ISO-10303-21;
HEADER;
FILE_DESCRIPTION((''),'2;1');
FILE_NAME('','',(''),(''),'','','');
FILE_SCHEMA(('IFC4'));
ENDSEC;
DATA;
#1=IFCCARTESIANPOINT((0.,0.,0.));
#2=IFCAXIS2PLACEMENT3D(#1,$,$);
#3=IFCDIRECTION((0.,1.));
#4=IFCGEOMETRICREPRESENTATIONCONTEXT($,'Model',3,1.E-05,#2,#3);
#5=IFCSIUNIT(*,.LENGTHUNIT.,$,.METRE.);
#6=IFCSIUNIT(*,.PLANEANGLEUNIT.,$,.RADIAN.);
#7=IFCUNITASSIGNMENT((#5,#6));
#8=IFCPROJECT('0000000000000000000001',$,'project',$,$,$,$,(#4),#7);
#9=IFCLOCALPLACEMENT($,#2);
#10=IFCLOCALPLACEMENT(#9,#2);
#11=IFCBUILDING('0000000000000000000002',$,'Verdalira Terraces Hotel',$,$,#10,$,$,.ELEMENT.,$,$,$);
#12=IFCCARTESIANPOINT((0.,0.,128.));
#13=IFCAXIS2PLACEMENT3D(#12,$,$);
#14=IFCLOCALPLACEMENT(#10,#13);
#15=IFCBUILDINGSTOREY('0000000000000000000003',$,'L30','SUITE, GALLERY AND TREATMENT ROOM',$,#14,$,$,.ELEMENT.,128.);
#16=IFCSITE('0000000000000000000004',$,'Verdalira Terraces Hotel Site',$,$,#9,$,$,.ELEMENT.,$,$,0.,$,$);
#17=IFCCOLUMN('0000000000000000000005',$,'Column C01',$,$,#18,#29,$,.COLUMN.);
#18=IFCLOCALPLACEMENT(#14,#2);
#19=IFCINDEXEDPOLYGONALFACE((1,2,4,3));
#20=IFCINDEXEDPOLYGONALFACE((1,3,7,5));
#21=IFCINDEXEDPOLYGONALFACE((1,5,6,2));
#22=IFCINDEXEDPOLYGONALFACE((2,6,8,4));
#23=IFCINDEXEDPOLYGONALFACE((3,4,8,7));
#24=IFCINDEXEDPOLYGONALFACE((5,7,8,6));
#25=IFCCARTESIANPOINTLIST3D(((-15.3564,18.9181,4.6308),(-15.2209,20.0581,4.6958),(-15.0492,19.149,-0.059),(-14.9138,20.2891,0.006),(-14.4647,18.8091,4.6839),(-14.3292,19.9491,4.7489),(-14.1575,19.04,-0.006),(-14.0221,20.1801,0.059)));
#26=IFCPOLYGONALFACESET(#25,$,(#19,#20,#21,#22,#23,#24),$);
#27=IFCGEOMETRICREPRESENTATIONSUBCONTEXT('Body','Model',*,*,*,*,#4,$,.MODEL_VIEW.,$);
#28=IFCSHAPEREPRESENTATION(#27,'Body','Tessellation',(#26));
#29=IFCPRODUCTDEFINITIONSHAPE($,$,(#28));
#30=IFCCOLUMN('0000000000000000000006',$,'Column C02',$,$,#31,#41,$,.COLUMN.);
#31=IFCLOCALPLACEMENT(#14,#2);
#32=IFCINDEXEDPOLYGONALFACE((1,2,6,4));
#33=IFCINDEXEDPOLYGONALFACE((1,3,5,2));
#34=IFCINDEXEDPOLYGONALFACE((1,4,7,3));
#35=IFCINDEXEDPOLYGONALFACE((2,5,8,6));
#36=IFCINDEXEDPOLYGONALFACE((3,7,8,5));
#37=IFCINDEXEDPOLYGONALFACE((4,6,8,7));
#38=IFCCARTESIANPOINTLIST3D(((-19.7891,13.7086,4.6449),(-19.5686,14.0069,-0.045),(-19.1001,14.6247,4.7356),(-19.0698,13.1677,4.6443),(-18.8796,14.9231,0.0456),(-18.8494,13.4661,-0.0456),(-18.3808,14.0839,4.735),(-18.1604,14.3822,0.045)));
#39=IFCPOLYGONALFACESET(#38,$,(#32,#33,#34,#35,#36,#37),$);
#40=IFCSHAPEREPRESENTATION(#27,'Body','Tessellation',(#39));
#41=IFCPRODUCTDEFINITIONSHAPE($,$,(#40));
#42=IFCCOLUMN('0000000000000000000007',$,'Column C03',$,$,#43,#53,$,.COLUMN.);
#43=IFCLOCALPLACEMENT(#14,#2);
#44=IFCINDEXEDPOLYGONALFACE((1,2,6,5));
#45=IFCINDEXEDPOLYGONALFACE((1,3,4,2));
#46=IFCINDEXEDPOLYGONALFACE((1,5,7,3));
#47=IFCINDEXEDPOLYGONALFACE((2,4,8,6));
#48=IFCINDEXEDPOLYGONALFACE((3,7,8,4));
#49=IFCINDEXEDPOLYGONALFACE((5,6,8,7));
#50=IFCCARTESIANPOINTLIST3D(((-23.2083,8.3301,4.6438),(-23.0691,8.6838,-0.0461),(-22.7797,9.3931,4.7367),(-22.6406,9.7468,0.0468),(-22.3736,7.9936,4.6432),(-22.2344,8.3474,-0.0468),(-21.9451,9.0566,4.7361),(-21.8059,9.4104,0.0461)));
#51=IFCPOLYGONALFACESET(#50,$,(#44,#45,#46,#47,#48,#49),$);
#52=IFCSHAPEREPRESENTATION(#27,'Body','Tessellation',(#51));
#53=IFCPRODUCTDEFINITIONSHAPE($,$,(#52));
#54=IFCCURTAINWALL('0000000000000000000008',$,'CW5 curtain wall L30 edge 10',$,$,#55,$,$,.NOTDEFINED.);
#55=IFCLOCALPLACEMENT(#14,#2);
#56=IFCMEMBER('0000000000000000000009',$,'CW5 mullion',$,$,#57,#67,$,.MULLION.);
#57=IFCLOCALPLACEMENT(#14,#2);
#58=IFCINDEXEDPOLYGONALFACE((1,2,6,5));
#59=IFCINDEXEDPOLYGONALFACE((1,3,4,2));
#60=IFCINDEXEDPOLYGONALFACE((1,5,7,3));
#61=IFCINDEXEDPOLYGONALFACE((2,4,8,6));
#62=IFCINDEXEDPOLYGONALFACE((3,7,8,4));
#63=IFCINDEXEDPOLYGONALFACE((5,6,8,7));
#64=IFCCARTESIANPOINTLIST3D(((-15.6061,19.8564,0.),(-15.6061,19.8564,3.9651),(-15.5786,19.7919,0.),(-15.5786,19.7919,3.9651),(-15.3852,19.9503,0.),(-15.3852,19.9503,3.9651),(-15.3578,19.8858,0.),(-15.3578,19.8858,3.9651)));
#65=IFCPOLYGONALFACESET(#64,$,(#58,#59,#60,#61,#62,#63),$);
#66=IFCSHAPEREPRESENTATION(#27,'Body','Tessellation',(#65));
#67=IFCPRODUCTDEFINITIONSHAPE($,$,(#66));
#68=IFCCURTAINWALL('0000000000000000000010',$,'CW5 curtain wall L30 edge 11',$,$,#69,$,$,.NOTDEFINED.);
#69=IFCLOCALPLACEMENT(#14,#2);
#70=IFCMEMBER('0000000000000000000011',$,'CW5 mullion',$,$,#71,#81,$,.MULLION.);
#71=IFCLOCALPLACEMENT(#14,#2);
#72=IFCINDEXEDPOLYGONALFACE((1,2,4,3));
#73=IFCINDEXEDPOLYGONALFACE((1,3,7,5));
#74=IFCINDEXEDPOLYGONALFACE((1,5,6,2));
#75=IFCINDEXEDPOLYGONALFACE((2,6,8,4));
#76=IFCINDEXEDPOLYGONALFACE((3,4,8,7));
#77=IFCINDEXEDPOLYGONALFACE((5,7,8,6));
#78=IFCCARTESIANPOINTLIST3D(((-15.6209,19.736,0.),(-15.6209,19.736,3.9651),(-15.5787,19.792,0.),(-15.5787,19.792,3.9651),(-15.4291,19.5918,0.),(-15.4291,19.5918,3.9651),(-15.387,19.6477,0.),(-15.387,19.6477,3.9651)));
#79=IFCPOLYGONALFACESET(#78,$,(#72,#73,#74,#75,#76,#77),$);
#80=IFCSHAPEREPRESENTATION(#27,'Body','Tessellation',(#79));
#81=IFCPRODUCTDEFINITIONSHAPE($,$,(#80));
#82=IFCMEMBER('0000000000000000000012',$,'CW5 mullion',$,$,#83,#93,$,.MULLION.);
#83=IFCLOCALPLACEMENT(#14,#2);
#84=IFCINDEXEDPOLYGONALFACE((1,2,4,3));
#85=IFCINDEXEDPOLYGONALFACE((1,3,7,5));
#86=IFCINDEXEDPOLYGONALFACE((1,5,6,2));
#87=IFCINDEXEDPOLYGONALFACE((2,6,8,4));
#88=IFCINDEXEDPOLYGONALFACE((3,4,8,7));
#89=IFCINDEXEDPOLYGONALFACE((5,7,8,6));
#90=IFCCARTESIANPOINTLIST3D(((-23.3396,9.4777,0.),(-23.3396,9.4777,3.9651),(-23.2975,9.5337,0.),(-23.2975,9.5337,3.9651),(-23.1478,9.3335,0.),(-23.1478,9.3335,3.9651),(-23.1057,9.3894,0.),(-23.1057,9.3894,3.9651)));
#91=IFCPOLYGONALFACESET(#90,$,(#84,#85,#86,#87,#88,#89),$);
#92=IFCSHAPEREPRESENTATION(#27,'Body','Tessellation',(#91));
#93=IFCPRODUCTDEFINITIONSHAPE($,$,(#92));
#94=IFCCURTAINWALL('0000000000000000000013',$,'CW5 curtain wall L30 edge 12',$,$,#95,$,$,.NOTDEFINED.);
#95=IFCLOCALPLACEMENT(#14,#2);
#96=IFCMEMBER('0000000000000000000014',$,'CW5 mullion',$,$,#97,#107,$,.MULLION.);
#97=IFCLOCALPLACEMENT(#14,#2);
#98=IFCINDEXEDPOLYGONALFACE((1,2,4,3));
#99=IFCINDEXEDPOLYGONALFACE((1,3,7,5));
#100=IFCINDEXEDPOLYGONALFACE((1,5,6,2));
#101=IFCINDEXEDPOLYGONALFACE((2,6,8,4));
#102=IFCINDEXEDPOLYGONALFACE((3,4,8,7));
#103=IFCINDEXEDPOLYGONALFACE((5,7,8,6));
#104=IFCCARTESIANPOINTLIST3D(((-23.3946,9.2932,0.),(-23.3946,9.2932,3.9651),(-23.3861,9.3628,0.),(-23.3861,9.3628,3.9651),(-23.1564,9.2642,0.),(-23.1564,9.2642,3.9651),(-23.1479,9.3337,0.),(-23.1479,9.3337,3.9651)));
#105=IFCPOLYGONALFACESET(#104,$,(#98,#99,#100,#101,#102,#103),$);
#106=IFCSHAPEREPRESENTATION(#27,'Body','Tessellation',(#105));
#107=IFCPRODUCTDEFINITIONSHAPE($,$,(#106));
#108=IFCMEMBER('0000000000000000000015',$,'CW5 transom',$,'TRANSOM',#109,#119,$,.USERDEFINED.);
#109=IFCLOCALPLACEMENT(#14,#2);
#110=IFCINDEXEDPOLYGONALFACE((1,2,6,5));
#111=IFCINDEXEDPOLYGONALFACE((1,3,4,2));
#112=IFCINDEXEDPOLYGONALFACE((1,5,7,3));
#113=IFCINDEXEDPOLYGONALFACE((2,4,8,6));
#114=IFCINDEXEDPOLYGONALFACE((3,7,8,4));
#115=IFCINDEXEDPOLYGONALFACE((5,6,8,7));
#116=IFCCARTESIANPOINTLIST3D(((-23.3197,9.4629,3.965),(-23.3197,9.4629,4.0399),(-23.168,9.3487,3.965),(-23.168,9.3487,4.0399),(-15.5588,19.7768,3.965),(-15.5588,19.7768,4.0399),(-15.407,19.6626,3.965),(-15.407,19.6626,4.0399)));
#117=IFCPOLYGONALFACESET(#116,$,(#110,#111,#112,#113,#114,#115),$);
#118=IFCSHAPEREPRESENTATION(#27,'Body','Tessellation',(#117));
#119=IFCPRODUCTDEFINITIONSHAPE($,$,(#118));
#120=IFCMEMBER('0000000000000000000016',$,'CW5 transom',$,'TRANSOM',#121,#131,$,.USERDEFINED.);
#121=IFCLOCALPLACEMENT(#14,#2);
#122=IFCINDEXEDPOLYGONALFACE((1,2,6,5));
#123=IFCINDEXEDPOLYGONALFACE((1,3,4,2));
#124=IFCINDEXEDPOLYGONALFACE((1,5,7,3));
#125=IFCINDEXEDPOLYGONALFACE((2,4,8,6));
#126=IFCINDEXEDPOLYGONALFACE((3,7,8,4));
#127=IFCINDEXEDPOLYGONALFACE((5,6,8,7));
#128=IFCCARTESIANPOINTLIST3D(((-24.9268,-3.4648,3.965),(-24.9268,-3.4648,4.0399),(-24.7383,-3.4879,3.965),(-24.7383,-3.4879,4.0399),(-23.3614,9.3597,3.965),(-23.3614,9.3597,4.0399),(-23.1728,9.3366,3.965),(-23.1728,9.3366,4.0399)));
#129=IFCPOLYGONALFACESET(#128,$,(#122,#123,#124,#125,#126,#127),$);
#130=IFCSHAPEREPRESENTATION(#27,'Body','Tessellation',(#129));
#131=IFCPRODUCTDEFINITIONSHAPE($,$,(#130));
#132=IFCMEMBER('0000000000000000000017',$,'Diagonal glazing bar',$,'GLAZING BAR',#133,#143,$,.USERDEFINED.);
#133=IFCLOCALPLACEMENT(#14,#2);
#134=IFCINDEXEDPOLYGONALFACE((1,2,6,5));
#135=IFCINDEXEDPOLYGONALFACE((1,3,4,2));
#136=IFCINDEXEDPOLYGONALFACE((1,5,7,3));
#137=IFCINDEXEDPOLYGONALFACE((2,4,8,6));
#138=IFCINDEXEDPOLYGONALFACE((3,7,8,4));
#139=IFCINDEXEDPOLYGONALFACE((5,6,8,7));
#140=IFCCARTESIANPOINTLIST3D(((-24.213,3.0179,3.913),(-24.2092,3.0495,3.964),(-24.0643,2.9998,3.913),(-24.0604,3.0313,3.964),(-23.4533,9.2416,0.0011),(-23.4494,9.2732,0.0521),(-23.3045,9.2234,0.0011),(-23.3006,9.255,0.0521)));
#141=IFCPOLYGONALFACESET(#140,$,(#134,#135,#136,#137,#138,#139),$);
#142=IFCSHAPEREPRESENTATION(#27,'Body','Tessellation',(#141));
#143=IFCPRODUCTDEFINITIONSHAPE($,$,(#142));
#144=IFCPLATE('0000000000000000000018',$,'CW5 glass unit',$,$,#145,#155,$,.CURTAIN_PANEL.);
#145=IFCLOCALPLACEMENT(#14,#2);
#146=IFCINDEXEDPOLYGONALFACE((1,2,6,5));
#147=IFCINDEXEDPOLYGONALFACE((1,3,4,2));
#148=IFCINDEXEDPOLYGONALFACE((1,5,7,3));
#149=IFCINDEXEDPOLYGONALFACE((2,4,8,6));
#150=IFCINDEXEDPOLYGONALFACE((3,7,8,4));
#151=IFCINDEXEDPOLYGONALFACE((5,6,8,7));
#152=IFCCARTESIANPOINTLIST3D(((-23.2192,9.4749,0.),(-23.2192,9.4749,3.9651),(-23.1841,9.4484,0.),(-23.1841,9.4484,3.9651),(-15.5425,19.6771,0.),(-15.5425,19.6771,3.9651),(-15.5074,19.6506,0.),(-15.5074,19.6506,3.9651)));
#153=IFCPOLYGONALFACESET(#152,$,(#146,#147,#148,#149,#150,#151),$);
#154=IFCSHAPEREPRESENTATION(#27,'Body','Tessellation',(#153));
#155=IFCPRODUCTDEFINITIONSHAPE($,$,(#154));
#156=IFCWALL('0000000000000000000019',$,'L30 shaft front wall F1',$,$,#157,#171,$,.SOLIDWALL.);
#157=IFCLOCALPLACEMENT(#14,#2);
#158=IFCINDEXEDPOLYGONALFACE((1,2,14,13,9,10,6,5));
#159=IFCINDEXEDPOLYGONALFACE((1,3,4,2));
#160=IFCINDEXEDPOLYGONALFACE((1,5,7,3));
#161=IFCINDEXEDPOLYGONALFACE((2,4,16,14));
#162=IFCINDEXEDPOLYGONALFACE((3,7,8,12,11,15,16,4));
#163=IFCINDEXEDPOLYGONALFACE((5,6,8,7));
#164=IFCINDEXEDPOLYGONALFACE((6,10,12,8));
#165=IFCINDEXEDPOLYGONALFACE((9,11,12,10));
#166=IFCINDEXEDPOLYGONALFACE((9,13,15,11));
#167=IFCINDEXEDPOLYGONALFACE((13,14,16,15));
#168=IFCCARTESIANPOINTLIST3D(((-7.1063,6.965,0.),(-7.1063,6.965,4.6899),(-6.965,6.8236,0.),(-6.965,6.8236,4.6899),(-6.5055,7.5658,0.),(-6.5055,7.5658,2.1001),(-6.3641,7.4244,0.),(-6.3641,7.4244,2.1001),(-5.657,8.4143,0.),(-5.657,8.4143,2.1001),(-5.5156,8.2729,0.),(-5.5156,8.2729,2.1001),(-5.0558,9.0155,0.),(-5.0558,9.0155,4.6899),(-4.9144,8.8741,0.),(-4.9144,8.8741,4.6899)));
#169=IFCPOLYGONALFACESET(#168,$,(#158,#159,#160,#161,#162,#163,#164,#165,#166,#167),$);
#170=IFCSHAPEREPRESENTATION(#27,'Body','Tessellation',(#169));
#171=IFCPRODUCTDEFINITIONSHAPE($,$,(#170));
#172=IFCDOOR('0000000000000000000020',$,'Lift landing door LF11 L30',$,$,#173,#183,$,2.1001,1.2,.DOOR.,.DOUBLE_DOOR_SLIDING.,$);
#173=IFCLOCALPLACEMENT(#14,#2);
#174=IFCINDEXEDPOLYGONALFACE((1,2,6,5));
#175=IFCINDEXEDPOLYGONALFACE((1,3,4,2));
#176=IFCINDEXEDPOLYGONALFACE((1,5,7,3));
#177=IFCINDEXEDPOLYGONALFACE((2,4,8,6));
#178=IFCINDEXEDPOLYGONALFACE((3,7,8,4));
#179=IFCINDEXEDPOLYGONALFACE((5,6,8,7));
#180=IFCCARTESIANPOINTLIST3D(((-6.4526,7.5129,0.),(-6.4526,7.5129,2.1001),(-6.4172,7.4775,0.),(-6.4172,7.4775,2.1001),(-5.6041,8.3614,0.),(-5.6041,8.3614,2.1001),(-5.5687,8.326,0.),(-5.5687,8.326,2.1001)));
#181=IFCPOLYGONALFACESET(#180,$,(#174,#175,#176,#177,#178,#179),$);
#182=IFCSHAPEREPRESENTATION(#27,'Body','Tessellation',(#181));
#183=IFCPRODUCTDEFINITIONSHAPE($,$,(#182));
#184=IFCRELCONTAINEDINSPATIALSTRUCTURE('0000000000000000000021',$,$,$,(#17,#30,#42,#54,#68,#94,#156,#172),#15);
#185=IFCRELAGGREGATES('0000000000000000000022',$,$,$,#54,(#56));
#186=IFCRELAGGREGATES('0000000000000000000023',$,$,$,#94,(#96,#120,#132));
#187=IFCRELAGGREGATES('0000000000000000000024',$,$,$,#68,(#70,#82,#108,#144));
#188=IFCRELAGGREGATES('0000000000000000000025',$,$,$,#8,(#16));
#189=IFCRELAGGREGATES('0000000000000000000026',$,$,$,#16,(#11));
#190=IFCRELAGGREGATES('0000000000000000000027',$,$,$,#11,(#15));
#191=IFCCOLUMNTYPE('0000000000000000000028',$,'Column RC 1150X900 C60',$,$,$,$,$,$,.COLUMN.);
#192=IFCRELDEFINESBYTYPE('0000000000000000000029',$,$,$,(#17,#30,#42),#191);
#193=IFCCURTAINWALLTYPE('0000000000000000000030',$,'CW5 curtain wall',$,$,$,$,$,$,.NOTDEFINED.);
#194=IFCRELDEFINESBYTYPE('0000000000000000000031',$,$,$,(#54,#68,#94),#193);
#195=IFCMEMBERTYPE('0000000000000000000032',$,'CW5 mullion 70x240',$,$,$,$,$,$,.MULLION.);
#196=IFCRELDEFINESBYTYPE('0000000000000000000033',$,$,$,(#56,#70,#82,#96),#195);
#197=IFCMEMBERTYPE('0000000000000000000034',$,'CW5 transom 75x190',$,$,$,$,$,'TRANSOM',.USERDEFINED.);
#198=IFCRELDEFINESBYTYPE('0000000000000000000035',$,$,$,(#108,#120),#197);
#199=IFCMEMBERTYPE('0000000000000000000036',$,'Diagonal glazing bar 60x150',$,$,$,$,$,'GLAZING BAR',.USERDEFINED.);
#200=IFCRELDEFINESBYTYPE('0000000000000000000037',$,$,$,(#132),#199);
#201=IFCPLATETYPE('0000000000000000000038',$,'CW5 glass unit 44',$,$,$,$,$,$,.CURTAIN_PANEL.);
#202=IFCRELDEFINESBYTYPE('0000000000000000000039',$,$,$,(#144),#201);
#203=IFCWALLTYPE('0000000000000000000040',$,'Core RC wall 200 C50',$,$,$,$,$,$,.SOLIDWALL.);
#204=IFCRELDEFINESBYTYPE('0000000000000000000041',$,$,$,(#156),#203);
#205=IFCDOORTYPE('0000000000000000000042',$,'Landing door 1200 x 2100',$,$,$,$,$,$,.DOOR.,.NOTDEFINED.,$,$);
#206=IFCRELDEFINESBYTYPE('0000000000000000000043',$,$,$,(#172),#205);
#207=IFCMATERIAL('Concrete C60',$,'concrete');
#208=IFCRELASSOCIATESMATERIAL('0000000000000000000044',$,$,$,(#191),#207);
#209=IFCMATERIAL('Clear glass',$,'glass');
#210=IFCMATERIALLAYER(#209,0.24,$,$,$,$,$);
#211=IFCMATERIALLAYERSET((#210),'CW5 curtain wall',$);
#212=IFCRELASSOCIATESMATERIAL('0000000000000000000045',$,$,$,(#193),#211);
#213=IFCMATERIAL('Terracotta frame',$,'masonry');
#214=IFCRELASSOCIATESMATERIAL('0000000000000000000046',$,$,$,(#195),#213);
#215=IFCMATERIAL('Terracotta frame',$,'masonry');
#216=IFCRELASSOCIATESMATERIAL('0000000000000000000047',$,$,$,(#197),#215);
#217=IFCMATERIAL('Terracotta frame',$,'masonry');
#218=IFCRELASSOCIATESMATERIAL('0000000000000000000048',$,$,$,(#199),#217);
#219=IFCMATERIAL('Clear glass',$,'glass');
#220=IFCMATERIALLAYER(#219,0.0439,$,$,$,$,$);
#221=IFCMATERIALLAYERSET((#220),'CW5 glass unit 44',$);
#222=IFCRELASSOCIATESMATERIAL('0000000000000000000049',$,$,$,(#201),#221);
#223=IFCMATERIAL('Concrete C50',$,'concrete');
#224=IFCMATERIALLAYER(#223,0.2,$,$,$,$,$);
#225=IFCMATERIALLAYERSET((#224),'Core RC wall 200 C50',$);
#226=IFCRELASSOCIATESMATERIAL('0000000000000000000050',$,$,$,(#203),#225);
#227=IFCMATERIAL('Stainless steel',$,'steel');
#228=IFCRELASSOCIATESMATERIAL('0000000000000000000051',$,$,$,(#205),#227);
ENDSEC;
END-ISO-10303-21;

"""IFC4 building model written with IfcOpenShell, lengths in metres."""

from ifc_helpers import new_model, si_unit, direction, frame, frame_2d, origin, origin_2d, place, context, subcontext, project, spatial, rectangle, extrude, material, layer, layer_set, material_profile, profile_set, type_object, element, fill, aggregate, save


model = new_model("IFC4")

# Units and contexts
model_context = context("Model", 3, precision=1e-05, world=origin(), true_north=direction((0.0, 1.0)))
body_context = subcontext(model_context, "Body", "Model", "MODEL_VIEW")
ifc_project = project(units=[si_unit("LENGTHUNIT", "METRE"), si_unit("PLANEANGLEUNIT", "RADIAN")], contexts=[model_context])

# Site, building, storey
site_placement = place(None, origin())
site = spatial("IfcSite", under=ifc_project, at=site_placement, Name="Verdalira Terraces Hotel Site", CompositionType="ELEMENT", RefElevation=0.0)
building_placement = place(site_placement, origin())
building = spatial("IfcBuilding", under=site, at=building_placement, Name="Verdalira Terraces Hotel", CompositionType="ELEMENT")
storey_placement = place(building_placement, frame((0.0, 0.0, 128.0)))
storey = spatial("IfcBuildingStorey", under=building, at=storey_placement, Name="L30", Description="SUITE, GALLERY AND TREATMENT ROOM", CompositionType="ELEMENT", Elevation=128.0)

# Columns
ifc_material_1 = material(Name="Concrete C60", Category="concrete")
ifc_material_profile_1 = material_profile(ifc_material_1, rectangle(XDim=1.1499, YDim=0.8999, at=origin_2d()), Name="RC 1150X900")
ifc_profile_set_1 = profile_set([ifc_material_profile_1], Name="Concrete C60")
column_type = type_object("IfcColumnType", Name="Column RC 1150X900 C60", PredefinedType="COLUMN", material=ifc_profile_set_1)
column_1_placement = place(storey_placement, frame((-14.5356, 19.6646, 0.0), z_axis=(-0.065268, -0.049081, 0.99666), x_axis=(0.117814, 0.991425, 0.056538)))
element("IfcColumn", 1, at=column_1_placement, inside=storey, type_object=column_type, Name="Column C01", PredefinedType="COLUMN", context=body_context, shape_type="SweptSolid", body=[
    extrude(rectangle(XDim=1.1499, YDim=0.8999, at=origin_2d()), origin(), (0.0, 0.0, 1.0), 4.7056),
])
column_2_placement = place(storey_placement, frame((-18.8645, 14.1946, 0.0), z_axis=(-0.04686, -0.063415, 0.996886), x_axis=(-0.599186, -0.796718, -0.078847)))
element("IfcColumn", 2, at=column_2_placement, inside=storey, type_object=column_type, Name="Column C02", PredefinedType="COLUMN", context=body_context, shape_type="SweptSolid", body=[
    extrude(rectangle(XDim=1.1499, YDim=0.8999, at=origin_2d()), origin(), (0.0, 0.0, 1.0), 4.7046),
])
column_3_placement = place(storey_placement, frame((-22.4375, 9.0471, 0.0), z_axis=(-0.029575, -0.075183, 0.996731), x_axis=(0.372682, 0.924436, 0.080788)))
element("IfcColumn", 3, at=column_3_placement, inside=storey, type_object=column_type, Name="Column C03", PredefinedType="COLUMN", context=body_context, shape_type="SweptSolid", body=[
    extrude(rectangle(XDim=1.1499, YDim=0.8999, at=origin_2d()), origin(), (0.0, 0.0, 1.0), 4.7053),
])

# Curtain wall, member
ifc_material_2 = material(Name="Clear glass", Category="glass")
ifc_layer_1 = layer(ifc_material_2, 0.24)
ifc_layer_set_1 = layer_set([ifc_layer_1], Name="CW5 curtain wall")
curtain_wall_type = type_object("IfcCurtainWallType", Name="CW5 curtain wall", PredefinedType="NOTDEFINED", material=ifc_layer_set_1)
curtain_wall_1_placement = place(storey_placement, origin())
curtain_wall_1 = element("IfcCurtainWall", 4, at=curtain_wall_1_placement, inside=storey, type_object=curtain_wall_type, Name="CW5 curtain wall L30 edge 10", PredefinedType="NOTDEFINED")
ifc_material_3 = material(Name="Terracotta frame", Category="masonry")
ifc_material_profile_2 = material_profile(ifc_material_3, rectangle(XDim=0.0701, YDim=0.24, at=origin_2d()), Name="MU 70x240")
ifc_profile_set_2 = profile_set([ifc_material_profile_2], Name="Terracotta frame")
member_type_1 = type_object("IfcMemberType", Name="CW5 mullion 70x240", PredefinedType="MULLION", material=ifc_profile_set_2)
member_1_placement = place(storey_placement, frame((-15.4819, 19.8711, 0.0), z_axis=(0.0, 0.0, 1.0), x_axis=(0.391374, -0.920232, 0.0)))
member_1 = element("IfcMember", 5, at=member_1_placement, type_object=member_type_1, Name="CW5 mullion", PredefinedType="MULLION", context=body_context, shape_type="SweptSolid", body=[
    extrude(rectangle(XDim=0.0701, YDim=0.24, at=origin_2d()), origin(), (0.0, 0.0, 1.0), 3.9651),
])
aggregate(curtain_wall_1, [member_1])

# Curtain wall, members
curtain_wall_2_placement = place(storey_placement, origin())
curtain_wall_2 = element("IfcCurtainWall", 6, at=curtain_wall_2_placement, inside=storey, type_object=curtain_wall_type, Name="CW5 curtain wall L30 edge 11", PredefinedType="NOTDEFINED")
member_2_placement = place(storey_placement, frame((-15.5039, 19.6919, 0.0), z_axis=(0.0, 0.0, 1.0), x_axis=(-0.601257, -0.799055, 0.0)))
member_2 = element("IfcMember", 7, at=member_2_placement, type_object=member_type_1, Name="CW5 mullion", PredefinedType="MULLION", context=body_context, shape_type="SweptSolid", body=[
    extrude(rectangle(XDim=0.0701, YDim=0.24, at=origin_2d()), origin(), (0.0, 0.0, 1.0), 3.9651),
])
member_3_placement = place(storey_placement, frame((-23.2227, 9.4336, 0.0), z_axis=(0.0, 0.0, 1.0), x_axis=(-0.601257, -0.799055, 0.0)))
member_3 = element("IfcMember", 8, at=member_3_placement, type_object=member_type_1, Name="CW5 mullion", PredefinedType="MULLION", context=body_context, shape_type="SweptSolid", body=[
    extrude(rectangle(XDim=0.0701, YDim=0.24, at=origin_2d()), origin(), (0.0, 0.0, 1.0), 3.9651),
])

# Curtain wall, member
curtain_wall_3_placement = place(storey_placement, origin())
curtain_wall_3 = element("IfcCurtainWall", 9, at=curtain_wall_3_placement, inside=storey, type_object=curtain_wall_type, Name="CW5 curtain wall L30 edge 12", PredefinedType="NOTDEFINED")
member_4_placement = place(storey_placement, frame((-23.2712, 9.3135, 0.0), z_axis=(0.0, 0.0, 1.0), x_axis=(-0.121176, -0.992631, 0.0)))
member_4 = element("IfcMember", 10, at=member_4_placement, type_object=member_type_1, Name="CW5 mullion", PredefinedType="MULLION", context=body_context, shape_type="SweptSolid", body=[
    extrude(rectangle(XDim=0.0701, YDim=0.24, at=origin_2d()), origin(), (0.0, 0.0, 1.0), 3.9651),
])

# Members
ifc_material_4 = material(Name="Terracotta frame", Category="masonry")
ifc_material_profile_3 = material_profile(ifc_material_4, rectangle(XDim=0.1899, YDim=0.075, at=origin_2d()), Name="TR 75x190")
ifc_profile_set_3 = profile_set([ifc_material_profile_3], Name="Terracotta frame")
member_type_2 = type_object("IfcMemberType", Name="CW5 transom 75x190", ElementType="TRANSOM", PredefinedType="USERDEFINED", material=ifc_profile_set_3)
member_5_placement = place(storey_placement, frame((-15.4829, 19.7197, 4.0024), z_axis=(-0.601264, -0.79905, 0.0), x_axis=(0.79905, -0.601264, 0.0)))
member_5 = element("IfcMember", 11, at=member_5_placement, type_object=member_type_2, Name="CW5 transom", ObjectType="TRANSOM", PredefinedType="USERDEFINED", context=body_context, shape_type="SweptSolid", body=[
    extrude(rectangle(XDim=0.1899, YDim=0.075, at=origin_2d()), origin(), (0.0, 0.0, 1.0), 12.9077),
])
member_6_placement = place(storey_placement, frame((-23.2671, 9.3481, 4.0024), z_axis=(-0.121167, -0.992632, 0.0), x_axis=(0.992632, -0.121167, 0.0)))
member_6 = element("IfcMember", 12, at=member_6_placement, type_object=member_type_2, Name="CW5 transom", ObjectType="TRANSOM", PredefinedType="USERDEFINED", context=body_context, shape_type="SweptSolid", body=[
    extrude(rectangle(XDim=0.1899, YDim=0.075, at=origin_2d()), origin(), (0.0, 0.0, 1.0), 12.9197),
])
ifc_material_5 = material(Name="Terracotta frame", Category="masonry")
ifc_material_profile_4 = material_profile(ifc_material_5, rectangle(XDim=0.1499, YDim=0.0601, at=origin_2d()), Name="GB 60x150")
ifc_profile_set_4 = profile_set([ifc_material_profile_4], Name="Terracotta frame")
member_type_3 = type_object("IfcMemberType", Name="Diagonal glazing bar 60x150", ElementType="GLAZING BAR", PredefinedType="USERDEFINED", material=ifc_profile_set_4)
member_7_placement = place(storey_placement, frame((-23.377, 9.2483, 0.0266), z_axis=(-0.102809, -0.842158, 0.529339), x_axis=(0.992631, -0.121178, 0.0)))
member_7 = element("IfcMember", 13, at=member_7_placement, type_object=member_type_3, Name="Diagonal glazing bar", ObjectType="GLAZING BAR", PredefinedType="USERDEFINED", context=body_context, shape_type="SweptSolid", body=[
    extrude(rectangle(XDim=0.1499, YDim=0.0601, at=origin_2d()), origin(), (0.0, 0.0, 1.0), 7.3901),
])
aggregate(curtain_wall_3, [member_4, member_6, member_7])

# Plate
ifc_material_6 = material(Name="Clear glass", Category="glass")
ifc_layer_2 = layer(ifc_material_6, 0.0439)
ifc_layer_set_2 = layer_set([ifc_layer_2], Name="CW5 glass unit 44")
plate_type = type_object("IfcPlateType", Name="CW5 glass unit 44", PredefinedType="CURTAIN_PANEL", material=ifc_layer_set_2)
plate_placement = place(storey_placement, frame((-19.3633, 14.5627, 0.0), z_axis=(0.0, 0.0, 1.0), x_axis=(-0.601257, -0.799055, 0.0)))
plate = element("IfcPlate", 14, at=plate_placement, type_object=plate_type, Name="CW5 glass unit", PredefinedType="CURTAIN_PANEL", context=body_context, shape_type="SweptSolid", body=[
    extrude(rectangle(XDim=12.7678, YDim=0.0439, at=origin_2d()), origin(), (0.0, 0.0, 1.0), 3.9651),
])
aggregate(curtain_wall_2, [member_2, member_3, member_5, plate])

# Wall, opening, door
ifc_material_7 = material(Name="Concrete C50", Category="concrete")
ifc_layer_3 = layer(ifc_material_7, 0.2)
ifc_layer_set_3 = layer_set([ifc_layer_3], Name="Core RC wall 200 C50")
wall_type_1 = type_object("IfcWallType", Name="Core RC wall 200 C50", PredefinedType="SOLIDWALL", material=ifc_layer_set_3)
wall_1_placement = place(storey_placement, frame((-4.9851, 8.9448, 0.0), z_axis=(0.0, 0.0, 1.0), x_axis=(-0.707107, -0.707107, 0.0)))
wall_1 = element("IfcWall", 15, at=wall_1_placement, inside=storey, type_object=wall_type_1, Name="L30 shaft front wall F1", PredefinedType="SOLIDWALL", context=body_context, shape_type="SweptSolid", body=[
    extrude(rectangle(XDim=2.8999, YDim=0.2, at=frame_2d((1.45, 0.0))), origin(), (0.0, 0.0, 1.0), 4.6899),
])
opening_1_placement = place(wall_1_placement, frame((0.8501, 0.0, 0.0)))
opening_1 = element("IfcOpeningElement", 16, at=opening_1_placement, cuts=wall_1, PredefinedType="OPENING", context=body_context, shape_type="SweptSolid", body=[
    extrude(rectangle(XDim=1.2, YDim=2.1001, at=frame_2d((0.6001, 1.05))), frame((0.0, 0.1099, 0.0), z_axis=(0.0, -1.0, 0.0), x_axis=(1.0, 0.0, 0.0)), (0.0, 0.0, 1.0), 0.22),
])
ifc_material_8 = material(Name="Stainless steel", Category="steel")
door_type_1 = type_object("IfcDoorType", Name="Landing door 1200 x 2100", OperationType="NOTDEFINED", PredefinedType="DOOR", material=ifc_material_8)
door_1_placement = place(opening_1_placement, origin())
door_1 = element("IfcDoor", 17, at=door_1_placement, inside=storey, type_object=door_type_1, Name="Lift landing door LF11 L30", OperationType="DOUBLE_DOOR_SLIDING", OverallHeight=2.1001, OverallWidth=1.2, PredefinedType="DOOR", context=body_context, shape_type="SweptSolid", body=[
    extrude(rectangle(XDim=1.2, YDim=2.1001, at=frame_2d((0.6001, 1.05))), frame((0.0, 0.0249, 0.0), z_axis=(0.0, -1.0, 0.0), x_axis=(1.0, 0.0, 0.0)), (0.0, 0.0, 1.0), 0.05),
])
fill(opening_1, door_1)

save(model, "model.ifc")
